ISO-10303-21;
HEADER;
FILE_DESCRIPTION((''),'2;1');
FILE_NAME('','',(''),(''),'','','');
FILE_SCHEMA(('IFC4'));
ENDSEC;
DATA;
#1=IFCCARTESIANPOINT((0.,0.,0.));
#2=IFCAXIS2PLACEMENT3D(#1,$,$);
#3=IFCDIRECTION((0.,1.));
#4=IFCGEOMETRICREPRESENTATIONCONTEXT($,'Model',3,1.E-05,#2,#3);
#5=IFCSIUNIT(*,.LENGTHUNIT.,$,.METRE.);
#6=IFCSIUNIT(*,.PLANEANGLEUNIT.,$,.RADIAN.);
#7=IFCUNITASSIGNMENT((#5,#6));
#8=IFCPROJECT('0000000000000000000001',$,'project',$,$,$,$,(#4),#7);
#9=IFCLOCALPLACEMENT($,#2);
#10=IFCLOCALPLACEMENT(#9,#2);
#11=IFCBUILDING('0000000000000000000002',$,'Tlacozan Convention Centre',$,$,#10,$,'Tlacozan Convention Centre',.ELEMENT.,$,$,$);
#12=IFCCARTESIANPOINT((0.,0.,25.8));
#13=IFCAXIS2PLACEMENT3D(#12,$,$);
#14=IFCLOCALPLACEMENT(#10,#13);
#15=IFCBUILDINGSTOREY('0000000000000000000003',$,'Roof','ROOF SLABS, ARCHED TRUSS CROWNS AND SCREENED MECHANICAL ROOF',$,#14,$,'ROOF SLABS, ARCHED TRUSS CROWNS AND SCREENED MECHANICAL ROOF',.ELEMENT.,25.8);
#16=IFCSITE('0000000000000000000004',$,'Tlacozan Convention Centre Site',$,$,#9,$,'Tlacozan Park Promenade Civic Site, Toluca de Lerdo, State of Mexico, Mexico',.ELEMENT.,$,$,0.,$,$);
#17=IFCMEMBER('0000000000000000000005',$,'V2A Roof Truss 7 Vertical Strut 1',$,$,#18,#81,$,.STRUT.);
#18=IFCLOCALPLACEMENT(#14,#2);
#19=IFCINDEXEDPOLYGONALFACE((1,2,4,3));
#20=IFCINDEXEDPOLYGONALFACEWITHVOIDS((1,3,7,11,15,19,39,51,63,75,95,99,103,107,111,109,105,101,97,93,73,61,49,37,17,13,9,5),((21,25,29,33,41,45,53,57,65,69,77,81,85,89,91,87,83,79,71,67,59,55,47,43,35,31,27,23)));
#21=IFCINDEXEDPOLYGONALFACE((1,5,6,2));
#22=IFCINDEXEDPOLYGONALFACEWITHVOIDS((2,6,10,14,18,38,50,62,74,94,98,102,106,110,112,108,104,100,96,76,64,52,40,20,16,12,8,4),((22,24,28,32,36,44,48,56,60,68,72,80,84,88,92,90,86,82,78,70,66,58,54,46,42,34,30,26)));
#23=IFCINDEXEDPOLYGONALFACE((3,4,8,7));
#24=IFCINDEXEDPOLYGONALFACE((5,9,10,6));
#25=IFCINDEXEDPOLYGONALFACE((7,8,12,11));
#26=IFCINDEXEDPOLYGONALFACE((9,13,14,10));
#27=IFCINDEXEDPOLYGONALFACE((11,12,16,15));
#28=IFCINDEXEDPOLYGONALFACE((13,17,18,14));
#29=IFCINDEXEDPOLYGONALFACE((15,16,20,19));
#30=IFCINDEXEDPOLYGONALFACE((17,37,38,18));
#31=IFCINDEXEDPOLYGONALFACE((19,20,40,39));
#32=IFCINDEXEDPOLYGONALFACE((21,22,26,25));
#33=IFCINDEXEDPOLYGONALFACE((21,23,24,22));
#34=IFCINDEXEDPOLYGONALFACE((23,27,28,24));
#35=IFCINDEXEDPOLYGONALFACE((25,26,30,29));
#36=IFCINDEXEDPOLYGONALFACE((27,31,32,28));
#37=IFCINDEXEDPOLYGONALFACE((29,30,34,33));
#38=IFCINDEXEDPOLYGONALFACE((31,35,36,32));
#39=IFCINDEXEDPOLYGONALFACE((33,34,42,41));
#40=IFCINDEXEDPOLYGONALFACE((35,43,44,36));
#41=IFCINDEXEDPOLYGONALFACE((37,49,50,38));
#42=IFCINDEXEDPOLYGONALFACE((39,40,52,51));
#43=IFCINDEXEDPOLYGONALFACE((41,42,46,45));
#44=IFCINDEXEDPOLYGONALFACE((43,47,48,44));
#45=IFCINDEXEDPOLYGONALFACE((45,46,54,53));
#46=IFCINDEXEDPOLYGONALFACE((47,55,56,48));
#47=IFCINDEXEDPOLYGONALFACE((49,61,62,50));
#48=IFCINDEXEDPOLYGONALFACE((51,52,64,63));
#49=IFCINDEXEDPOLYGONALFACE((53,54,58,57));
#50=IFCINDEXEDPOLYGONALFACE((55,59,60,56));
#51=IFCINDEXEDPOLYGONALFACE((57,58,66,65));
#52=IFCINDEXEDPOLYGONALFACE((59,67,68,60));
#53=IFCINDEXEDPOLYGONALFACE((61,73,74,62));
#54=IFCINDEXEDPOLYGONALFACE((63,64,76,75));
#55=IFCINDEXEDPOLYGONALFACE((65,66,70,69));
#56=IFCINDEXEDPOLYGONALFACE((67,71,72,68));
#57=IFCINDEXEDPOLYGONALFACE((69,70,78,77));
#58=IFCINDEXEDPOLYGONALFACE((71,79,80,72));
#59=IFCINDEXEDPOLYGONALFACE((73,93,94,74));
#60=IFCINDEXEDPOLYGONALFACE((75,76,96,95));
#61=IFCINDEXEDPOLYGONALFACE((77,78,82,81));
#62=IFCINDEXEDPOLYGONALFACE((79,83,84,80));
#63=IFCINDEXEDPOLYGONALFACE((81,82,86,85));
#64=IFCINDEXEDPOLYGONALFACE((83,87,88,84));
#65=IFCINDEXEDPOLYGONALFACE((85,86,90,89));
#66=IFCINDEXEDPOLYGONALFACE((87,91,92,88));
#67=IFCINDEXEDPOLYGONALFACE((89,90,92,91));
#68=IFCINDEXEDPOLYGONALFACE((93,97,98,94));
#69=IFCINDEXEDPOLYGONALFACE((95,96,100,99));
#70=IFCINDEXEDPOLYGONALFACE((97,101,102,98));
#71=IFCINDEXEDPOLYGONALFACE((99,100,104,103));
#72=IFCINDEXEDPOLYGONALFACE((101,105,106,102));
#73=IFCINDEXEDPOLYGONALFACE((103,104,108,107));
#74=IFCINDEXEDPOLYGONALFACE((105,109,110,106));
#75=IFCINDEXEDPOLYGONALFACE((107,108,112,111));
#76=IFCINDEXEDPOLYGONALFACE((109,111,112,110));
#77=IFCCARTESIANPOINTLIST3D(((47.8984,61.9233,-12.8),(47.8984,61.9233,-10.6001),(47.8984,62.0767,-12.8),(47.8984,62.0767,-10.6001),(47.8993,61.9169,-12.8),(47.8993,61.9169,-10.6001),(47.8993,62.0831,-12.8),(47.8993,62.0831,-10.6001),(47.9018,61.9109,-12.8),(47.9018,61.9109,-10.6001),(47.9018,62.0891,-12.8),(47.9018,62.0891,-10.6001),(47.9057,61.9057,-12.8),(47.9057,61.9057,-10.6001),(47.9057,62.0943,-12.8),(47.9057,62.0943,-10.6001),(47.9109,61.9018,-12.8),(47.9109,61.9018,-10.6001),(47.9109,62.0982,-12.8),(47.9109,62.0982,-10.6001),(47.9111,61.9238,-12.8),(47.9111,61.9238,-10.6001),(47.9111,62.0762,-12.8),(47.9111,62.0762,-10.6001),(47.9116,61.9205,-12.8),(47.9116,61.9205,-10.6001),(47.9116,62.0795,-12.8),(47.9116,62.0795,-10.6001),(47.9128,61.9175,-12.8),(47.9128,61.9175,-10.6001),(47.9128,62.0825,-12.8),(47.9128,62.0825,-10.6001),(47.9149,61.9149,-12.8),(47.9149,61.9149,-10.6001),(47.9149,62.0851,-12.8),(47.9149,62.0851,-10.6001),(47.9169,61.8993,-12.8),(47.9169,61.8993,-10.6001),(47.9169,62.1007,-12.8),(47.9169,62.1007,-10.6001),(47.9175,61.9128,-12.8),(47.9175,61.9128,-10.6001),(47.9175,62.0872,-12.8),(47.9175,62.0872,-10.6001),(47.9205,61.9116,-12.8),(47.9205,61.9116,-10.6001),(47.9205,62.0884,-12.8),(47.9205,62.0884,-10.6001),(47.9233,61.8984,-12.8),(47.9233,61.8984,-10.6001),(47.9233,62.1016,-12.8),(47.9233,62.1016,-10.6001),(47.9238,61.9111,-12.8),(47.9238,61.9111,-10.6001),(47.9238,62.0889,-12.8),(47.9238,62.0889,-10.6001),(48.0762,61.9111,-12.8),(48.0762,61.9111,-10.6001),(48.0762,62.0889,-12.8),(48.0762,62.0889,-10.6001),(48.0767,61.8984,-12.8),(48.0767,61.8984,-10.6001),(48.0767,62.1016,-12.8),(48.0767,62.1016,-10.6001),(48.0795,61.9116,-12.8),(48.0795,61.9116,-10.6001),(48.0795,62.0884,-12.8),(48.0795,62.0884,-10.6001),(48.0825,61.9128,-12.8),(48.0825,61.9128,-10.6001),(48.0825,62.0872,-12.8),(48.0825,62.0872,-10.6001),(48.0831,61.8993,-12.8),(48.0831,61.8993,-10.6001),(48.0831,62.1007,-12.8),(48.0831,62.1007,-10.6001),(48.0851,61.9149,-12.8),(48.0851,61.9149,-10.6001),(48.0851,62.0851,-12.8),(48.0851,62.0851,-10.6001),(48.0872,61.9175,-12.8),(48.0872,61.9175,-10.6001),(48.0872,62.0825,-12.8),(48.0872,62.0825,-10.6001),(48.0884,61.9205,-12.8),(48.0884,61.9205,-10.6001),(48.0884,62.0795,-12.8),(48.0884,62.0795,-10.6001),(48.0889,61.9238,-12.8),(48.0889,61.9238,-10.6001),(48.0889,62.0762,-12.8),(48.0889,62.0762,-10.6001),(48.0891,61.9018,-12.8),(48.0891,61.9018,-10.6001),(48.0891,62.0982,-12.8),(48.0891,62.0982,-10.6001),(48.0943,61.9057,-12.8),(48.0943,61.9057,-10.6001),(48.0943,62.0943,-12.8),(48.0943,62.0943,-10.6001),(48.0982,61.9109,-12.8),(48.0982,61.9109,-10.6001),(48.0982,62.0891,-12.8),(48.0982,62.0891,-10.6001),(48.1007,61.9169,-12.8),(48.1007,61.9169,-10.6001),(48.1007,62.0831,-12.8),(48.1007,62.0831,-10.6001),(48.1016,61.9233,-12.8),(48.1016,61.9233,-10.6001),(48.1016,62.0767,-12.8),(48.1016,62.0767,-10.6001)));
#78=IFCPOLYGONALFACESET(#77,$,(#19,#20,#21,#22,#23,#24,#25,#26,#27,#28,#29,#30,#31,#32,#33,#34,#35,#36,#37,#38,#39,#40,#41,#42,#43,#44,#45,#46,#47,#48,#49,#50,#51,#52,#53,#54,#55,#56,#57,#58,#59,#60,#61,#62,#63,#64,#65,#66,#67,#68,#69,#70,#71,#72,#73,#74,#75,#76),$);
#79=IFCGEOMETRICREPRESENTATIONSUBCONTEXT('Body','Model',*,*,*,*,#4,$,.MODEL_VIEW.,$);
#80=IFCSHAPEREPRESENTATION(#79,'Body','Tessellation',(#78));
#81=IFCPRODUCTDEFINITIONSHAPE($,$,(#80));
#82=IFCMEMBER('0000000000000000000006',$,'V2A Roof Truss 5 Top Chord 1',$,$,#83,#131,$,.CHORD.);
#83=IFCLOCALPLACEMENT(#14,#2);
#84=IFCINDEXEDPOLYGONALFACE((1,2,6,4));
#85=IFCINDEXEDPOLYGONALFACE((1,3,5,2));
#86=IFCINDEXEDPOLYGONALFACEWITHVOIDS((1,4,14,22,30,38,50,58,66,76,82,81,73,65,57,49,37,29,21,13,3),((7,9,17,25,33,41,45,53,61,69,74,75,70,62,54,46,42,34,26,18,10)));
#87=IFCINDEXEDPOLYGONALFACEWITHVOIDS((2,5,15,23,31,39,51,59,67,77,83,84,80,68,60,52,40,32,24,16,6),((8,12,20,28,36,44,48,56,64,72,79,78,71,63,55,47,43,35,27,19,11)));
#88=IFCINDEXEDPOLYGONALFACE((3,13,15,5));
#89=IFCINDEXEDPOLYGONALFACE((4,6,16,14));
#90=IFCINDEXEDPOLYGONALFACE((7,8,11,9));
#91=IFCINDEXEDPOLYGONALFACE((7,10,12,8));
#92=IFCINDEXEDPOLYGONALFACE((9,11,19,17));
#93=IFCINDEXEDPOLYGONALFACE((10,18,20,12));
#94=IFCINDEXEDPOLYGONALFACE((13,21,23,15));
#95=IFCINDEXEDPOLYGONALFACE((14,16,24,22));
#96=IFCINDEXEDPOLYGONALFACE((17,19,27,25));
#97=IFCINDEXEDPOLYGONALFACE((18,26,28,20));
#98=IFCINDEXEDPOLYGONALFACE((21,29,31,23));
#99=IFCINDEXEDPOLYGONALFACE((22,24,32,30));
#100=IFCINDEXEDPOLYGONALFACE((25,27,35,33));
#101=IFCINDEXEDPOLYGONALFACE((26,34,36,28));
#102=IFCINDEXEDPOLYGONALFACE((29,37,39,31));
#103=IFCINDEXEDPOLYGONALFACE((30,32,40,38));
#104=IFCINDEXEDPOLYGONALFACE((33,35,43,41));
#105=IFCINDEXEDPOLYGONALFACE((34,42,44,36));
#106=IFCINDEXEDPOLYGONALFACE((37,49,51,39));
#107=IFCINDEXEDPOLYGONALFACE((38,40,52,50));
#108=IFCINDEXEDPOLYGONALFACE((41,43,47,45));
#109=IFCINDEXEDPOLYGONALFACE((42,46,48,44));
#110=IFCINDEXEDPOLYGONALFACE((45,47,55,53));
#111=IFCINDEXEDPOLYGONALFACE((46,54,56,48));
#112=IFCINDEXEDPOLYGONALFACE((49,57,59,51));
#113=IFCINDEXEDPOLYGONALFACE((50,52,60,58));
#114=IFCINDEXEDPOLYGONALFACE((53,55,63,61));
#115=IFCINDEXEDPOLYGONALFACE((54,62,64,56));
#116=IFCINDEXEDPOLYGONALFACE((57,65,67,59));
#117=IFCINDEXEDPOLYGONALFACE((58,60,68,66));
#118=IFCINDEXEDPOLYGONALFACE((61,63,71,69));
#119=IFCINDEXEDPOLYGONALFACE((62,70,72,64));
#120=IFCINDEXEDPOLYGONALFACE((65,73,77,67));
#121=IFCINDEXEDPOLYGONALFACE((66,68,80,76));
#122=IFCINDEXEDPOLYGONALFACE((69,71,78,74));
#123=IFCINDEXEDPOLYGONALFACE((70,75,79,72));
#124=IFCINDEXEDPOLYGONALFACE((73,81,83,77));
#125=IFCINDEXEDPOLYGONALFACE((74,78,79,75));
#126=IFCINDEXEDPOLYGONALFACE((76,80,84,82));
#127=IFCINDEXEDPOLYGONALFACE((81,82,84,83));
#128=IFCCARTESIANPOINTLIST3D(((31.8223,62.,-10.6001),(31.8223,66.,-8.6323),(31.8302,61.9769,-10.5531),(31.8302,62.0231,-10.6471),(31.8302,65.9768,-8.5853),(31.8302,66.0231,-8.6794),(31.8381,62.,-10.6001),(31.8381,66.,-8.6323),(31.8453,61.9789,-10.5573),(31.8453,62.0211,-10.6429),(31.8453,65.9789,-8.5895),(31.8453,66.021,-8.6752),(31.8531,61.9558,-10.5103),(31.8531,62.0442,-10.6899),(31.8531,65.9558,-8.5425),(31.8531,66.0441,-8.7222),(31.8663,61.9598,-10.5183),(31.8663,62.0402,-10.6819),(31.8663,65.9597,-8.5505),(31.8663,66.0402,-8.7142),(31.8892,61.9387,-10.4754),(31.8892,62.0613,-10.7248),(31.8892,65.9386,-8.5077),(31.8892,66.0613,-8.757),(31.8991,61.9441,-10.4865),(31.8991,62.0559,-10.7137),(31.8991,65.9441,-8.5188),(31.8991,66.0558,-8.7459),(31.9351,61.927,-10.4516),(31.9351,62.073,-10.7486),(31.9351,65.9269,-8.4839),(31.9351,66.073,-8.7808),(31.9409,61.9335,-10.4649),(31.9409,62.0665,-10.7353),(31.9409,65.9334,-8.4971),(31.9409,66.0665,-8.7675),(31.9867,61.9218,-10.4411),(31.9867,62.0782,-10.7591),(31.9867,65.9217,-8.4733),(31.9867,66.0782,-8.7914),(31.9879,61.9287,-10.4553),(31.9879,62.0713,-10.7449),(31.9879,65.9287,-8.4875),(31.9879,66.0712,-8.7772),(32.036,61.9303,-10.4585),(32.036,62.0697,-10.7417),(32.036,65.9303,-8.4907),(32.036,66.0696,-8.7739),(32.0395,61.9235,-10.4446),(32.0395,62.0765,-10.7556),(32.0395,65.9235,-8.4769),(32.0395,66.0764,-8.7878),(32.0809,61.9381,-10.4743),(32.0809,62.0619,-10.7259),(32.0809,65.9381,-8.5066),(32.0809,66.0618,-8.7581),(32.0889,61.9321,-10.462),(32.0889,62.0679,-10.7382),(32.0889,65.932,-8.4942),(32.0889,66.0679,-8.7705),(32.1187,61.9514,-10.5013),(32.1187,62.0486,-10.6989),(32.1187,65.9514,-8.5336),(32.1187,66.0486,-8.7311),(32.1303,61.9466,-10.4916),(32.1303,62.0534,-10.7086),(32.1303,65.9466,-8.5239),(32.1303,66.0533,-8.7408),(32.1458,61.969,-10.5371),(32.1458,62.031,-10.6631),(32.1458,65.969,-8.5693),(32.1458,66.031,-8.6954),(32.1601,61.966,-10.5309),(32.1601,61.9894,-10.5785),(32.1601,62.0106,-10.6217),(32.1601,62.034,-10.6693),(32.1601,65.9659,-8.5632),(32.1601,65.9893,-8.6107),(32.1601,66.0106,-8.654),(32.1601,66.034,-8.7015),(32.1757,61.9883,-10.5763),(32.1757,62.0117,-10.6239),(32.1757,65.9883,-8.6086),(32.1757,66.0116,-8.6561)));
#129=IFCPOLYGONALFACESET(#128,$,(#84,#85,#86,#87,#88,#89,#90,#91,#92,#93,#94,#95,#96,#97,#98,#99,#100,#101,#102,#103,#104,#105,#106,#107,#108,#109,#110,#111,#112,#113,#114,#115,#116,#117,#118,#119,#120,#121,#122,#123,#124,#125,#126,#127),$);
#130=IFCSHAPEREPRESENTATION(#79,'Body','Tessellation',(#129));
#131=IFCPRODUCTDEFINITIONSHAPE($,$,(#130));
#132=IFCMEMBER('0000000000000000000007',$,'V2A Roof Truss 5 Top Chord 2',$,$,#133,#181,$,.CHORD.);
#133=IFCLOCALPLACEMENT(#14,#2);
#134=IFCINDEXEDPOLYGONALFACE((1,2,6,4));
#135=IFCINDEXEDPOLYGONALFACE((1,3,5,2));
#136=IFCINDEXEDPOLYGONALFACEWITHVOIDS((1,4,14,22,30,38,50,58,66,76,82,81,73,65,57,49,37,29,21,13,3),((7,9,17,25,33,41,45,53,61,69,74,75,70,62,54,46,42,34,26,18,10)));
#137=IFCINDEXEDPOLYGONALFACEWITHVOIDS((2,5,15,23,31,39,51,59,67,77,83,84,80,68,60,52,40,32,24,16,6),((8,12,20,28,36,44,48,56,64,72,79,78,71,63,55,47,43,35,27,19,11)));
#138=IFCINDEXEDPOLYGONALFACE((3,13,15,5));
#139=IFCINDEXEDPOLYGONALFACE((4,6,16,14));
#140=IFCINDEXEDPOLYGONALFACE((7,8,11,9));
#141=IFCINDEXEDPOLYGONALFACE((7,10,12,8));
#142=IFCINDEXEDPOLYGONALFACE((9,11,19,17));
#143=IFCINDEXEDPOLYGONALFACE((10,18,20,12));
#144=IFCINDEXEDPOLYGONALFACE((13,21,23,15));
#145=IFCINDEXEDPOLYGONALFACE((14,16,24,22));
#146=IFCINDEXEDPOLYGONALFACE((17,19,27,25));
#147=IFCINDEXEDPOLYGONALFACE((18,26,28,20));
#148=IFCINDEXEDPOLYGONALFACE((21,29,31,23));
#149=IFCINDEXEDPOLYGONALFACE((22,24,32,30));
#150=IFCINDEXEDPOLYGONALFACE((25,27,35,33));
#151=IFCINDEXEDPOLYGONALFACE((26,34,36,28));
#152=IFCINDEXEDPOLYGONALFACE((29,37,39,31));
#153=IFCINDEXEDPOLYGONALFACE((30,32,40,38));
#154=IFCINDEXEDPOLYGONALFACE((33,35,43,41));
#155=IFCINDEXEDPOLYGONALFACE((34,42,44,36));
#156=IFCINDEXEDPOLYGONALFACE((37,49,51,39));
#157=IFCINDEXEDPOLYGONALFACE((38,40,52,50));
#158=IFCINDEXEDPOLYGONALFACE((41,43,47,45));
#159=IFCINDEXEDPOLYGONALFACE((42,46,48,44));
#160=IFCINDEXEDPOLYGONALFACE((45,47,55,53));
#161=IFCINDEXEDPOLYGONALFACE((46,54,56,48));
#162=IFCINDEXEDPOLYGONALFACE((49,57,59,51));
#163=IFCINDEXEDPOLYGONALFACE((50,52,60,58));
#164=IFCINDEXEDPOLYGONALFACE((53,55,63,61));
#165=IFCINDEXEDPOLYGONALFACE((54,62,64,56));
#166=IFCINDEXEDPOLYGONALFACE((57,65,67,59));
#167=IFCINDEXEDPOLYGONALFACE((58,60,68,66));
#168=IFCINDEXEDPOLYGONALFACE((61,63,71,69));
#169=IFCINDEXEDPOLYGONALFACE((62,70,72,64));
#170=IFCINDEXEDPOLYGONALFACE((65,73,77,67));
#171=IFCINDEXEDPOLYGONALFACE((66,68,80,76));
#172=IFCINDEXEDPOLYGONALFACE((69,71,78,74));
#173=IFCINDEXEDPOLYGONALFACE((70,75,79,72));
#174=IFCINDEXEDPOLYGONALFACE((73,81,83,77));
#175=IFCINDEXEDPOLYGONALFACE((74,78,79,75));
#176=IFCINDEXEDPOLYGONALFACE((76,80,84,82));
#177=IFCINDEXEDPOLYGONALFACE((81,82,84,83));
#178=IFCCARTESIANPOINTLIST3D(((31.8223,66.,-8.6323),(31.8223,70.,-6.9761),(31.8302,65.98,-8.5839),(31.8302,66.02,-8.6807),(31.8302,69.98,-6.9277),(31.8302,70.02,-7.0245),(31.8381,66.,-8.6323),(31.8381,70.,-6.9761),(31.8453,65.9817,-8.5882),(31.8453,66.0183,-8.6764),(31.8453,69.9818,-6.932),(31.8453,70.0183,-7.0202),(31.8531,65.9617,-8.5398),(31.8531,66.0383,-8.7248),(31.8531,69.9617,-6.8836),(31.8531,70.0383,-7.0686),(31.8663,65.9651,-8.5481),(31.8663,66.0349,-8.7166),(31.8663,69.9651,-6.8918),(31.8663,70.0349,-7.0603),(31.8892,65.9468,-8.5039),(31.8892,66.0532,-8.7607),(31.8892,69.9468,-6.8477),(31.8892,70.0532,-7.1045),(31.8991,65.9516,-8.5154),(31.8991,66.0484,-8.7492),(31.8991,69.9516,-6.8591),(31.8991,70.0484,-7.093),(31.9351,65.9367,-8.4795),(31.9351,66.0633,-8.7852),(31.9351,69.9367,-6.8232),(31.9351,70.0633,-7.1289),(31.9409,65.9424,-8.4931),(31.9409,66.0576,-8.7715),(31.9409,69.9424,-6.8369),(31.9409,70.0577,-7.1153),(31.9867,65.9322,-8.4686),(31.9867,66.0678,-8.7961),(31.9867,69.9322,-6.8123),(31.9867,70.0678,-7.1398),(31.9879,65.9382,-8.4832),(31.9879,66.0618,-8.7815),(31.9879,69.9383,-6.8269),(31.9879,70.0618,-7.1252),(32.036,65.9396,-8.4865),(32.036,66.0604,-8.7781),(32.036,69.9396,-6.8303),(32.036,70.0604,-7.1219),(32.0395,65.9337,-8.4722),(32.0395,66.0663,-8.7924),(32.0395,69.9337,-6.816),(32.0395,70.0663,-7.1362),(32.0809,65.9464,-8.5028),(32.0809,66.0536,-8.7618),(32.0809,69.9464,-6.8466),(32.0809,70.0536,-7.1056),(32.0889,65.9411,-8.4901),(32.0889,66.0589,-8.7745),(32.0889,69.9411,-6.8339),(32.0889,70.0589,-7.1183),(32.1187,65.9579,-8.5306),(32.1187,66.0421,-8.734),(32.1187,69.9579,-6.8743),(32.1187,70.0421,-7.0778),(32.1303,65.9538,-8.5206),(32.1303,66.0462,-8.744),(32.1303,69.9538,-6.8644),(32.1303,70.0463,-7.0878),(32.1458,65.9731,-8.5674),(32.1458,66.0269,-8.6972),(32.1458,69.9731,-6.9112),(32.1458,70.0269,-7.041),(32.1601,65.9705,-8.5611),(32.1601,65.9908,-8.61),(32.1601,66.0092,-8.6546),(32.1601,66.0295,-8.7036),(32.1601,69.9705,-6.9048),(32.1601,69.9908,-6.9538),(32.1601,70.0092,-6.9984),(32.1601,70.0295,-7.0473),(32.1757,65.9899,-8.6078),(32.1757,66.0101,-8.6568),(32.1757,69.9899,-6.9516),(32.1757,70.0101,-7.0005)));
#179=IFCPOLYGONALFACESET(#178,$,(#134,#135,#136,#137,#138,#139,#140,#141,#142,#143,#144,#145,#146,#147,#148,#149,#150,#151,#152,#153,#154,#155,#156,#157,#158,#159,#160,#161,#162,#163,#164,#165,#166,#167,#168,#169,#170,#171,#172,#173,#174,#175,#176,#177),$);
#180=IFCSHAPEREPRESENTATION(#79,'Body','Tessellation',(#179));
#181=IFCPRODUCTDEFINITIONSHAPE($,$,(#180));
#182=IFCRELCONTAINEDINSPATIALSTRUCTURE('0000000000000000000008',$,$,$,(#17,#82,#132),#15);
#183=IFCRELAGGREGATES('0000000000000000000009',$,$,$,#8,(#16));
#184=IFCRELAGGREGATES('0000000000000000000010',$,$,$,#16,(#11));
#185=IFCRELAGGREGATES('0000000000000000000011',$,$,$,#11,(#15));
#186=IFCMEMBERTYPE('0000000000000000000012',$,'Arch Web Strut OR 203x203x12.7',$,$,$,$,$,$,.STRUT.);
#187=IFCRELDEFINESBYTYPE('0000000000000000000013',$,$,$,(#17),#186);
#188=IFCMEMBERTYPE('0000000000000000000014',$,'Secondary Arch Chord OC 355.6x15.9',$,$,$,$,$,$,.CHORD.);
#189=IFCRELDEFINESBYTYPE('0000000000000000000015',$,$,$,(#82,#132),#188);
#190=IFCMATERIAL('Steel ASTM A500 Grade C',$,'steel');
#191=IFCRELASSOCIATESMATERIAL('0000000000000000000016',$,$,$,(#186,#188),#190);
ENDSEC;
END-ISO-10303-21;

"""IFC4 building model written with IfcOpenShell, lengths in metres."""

from ifc_helpers import new_model, si_unit, direction, frame, origin, origin_2d, place, context, subcontext, project, spatial, hollow_rectangle, hollow_circle, extrude, material, material_profile, profile_set, type_object, element, save


model = new_model("IFC4")

# Units and contexts
model_context = context("Model", 3, precision=1e-05, world=origin(), true_north=direction((0.0, 1.0)))
body_context = subcontext(model_context, "Body", "Model", "MODEL_VIEW")
ifc_project = project(units=[si_unit("LENGTHUNIT", "METRE"), si_unit("PLANEANGLEUNIT", "RADIAN")], contexts=[model_context])

# Site, building, storey
site_placement = place(None, origin())
site = spatial("IfcSite", under=ifc_project, at=site_placement, Name="Tlacozan Convention Centre Site", LongName="Tlacozan Park Promenade Civic Site, Toluca de Lerdo, State of Mexico, Mexico", CompositionType="ELEMENT", RefElevation=0.0)
building_placement = place(site_placement, origin())
building = spatial("IfcBuilding", under=site, at=building_placement, Name="Tlacozan Convention Centre", LongName="Tlacozan Convention Centre", CompositionType="ELEMENT")
storey_placement = place(building_placement, frame((0.0, 0.0, 25.8)))
storey = spatial("IfcBuildingStorey", under=building, at=storey_placement, Name="Roof", Description="ROOF SLABS, ARCHED TRUSS CROWNS AND SCREENED MECHANICAL ROOF", LongName="ROOF SLABS, ARCHED TRUSS CROWNS AND SCREENED MECHANICAL ROOF", CompositionType="ELEMENT", Elevation=25.8)

# Members
ifc_material_1 = material(Name="Steel ASTM A500 Grade C", Category="steel")
ifc_material_profile_1 = material_profile(ifc_material_1, hollow_rectangle(XDim=0.2031, YDim=0.2031, WallThickness=0.0127, InnerFilletRadius=0.0127, OuterFilletRadius=0.0249, at=origin_2d()), Name="OR 203x203x12.7")
ifc_profile_set_1 = profile_set([ifc_material_profile_1], Name="Steel ASTM A500 Grade C")
member_type_1 = type_object("IfcMemberType", Name="Arch Web Strut OR 203x203x12.7", PredefinedType="STRUT", material=ifc_profile_set_1)
for number, where, z_axis, x_axis, name in (
    (1, (48.0, 62.0, -12.8), (0.0, 0.0, 1.0), (1.0, 0.0, 0.0), "V2A Roof Truss 7 Vertical Strut 1"),
):
    element("IfcMember", number, at=place(storey_placement, frame(where, z_axis=z_axis, x_axis=x_axis)), inside=storey, type_object=member_type_1, Name=name, PredefinedType="STRUT", context=body_context, shape_type="SweptSolid", body=[
        extrude(hollow_rectangle(XDim=0.2031, YDim=0.2031, WallThickness=0.0127, InnerFilletRadius=0.0127, OuterFilletRadius=0.0249, at=origin_2d()), origin(), (0.0, 0.0, 1.0), 2.2),
    ])
ifc_material_profile_2 = material_profile(ifc_material_1, hollow_circle(Radius=0.1777, WallThickness=0.0159, at=origin_2d()), Name="OC 355.6x15.9")
ifc_profile_set_2 = profile_set([ifc_material_profile_2], Name="Steel ASTM A500 Grade C")
member_type_2 = type_object("IfcMemberType", Name="Secondary Arch Chord OC 355.6x15.9", PredefinedType="CHORD", material=ifc_profile_set_2)
member_1_placement = place(storey_placement, frame((32.0, 62.0, -10.6001), z_axis=(0.0, 0.8973, 0.441421), x_axis=(-1.0, 0.0, 0.0)))
element("IfcMember", 2, at=member_1_placement, inside=storey, type_object=member_type_2, Name="V2A Roof Truss 5 Top Chord 1", PredefinedType="CHORD", context=body_context, shape_type="SweptSolid", body=[
    extrude(hollow_circle(Radius=0.1777, WallThickness=0.0159, at=origin_2d()), origin(), (0.0, 0.0, 1.0), 4.4578),
])
member_2_placement = place(storey_placement, frame((32.0, 66.0, -8.6323), z_axis=(0.0, 0.923929, 0.382564), x_axis=(-1.0, 0.0, 0.0)))
element("IfcMember", 3, at=member_2_placement, inside=storey, type_object=member_type_2, Name="V2A Roof Truss 5 Top Chord 2", PredefinedType="CHORD", context=body_context, shape_type="SweptSolid", body=[
    extrude(hollow_circle(Radius=0.1777, WallThickness=0.0159, at=origin_2d()), origin(), (0.0, 0.0, 1.0), 4.3293),
])

save(model, "model.ifc")
